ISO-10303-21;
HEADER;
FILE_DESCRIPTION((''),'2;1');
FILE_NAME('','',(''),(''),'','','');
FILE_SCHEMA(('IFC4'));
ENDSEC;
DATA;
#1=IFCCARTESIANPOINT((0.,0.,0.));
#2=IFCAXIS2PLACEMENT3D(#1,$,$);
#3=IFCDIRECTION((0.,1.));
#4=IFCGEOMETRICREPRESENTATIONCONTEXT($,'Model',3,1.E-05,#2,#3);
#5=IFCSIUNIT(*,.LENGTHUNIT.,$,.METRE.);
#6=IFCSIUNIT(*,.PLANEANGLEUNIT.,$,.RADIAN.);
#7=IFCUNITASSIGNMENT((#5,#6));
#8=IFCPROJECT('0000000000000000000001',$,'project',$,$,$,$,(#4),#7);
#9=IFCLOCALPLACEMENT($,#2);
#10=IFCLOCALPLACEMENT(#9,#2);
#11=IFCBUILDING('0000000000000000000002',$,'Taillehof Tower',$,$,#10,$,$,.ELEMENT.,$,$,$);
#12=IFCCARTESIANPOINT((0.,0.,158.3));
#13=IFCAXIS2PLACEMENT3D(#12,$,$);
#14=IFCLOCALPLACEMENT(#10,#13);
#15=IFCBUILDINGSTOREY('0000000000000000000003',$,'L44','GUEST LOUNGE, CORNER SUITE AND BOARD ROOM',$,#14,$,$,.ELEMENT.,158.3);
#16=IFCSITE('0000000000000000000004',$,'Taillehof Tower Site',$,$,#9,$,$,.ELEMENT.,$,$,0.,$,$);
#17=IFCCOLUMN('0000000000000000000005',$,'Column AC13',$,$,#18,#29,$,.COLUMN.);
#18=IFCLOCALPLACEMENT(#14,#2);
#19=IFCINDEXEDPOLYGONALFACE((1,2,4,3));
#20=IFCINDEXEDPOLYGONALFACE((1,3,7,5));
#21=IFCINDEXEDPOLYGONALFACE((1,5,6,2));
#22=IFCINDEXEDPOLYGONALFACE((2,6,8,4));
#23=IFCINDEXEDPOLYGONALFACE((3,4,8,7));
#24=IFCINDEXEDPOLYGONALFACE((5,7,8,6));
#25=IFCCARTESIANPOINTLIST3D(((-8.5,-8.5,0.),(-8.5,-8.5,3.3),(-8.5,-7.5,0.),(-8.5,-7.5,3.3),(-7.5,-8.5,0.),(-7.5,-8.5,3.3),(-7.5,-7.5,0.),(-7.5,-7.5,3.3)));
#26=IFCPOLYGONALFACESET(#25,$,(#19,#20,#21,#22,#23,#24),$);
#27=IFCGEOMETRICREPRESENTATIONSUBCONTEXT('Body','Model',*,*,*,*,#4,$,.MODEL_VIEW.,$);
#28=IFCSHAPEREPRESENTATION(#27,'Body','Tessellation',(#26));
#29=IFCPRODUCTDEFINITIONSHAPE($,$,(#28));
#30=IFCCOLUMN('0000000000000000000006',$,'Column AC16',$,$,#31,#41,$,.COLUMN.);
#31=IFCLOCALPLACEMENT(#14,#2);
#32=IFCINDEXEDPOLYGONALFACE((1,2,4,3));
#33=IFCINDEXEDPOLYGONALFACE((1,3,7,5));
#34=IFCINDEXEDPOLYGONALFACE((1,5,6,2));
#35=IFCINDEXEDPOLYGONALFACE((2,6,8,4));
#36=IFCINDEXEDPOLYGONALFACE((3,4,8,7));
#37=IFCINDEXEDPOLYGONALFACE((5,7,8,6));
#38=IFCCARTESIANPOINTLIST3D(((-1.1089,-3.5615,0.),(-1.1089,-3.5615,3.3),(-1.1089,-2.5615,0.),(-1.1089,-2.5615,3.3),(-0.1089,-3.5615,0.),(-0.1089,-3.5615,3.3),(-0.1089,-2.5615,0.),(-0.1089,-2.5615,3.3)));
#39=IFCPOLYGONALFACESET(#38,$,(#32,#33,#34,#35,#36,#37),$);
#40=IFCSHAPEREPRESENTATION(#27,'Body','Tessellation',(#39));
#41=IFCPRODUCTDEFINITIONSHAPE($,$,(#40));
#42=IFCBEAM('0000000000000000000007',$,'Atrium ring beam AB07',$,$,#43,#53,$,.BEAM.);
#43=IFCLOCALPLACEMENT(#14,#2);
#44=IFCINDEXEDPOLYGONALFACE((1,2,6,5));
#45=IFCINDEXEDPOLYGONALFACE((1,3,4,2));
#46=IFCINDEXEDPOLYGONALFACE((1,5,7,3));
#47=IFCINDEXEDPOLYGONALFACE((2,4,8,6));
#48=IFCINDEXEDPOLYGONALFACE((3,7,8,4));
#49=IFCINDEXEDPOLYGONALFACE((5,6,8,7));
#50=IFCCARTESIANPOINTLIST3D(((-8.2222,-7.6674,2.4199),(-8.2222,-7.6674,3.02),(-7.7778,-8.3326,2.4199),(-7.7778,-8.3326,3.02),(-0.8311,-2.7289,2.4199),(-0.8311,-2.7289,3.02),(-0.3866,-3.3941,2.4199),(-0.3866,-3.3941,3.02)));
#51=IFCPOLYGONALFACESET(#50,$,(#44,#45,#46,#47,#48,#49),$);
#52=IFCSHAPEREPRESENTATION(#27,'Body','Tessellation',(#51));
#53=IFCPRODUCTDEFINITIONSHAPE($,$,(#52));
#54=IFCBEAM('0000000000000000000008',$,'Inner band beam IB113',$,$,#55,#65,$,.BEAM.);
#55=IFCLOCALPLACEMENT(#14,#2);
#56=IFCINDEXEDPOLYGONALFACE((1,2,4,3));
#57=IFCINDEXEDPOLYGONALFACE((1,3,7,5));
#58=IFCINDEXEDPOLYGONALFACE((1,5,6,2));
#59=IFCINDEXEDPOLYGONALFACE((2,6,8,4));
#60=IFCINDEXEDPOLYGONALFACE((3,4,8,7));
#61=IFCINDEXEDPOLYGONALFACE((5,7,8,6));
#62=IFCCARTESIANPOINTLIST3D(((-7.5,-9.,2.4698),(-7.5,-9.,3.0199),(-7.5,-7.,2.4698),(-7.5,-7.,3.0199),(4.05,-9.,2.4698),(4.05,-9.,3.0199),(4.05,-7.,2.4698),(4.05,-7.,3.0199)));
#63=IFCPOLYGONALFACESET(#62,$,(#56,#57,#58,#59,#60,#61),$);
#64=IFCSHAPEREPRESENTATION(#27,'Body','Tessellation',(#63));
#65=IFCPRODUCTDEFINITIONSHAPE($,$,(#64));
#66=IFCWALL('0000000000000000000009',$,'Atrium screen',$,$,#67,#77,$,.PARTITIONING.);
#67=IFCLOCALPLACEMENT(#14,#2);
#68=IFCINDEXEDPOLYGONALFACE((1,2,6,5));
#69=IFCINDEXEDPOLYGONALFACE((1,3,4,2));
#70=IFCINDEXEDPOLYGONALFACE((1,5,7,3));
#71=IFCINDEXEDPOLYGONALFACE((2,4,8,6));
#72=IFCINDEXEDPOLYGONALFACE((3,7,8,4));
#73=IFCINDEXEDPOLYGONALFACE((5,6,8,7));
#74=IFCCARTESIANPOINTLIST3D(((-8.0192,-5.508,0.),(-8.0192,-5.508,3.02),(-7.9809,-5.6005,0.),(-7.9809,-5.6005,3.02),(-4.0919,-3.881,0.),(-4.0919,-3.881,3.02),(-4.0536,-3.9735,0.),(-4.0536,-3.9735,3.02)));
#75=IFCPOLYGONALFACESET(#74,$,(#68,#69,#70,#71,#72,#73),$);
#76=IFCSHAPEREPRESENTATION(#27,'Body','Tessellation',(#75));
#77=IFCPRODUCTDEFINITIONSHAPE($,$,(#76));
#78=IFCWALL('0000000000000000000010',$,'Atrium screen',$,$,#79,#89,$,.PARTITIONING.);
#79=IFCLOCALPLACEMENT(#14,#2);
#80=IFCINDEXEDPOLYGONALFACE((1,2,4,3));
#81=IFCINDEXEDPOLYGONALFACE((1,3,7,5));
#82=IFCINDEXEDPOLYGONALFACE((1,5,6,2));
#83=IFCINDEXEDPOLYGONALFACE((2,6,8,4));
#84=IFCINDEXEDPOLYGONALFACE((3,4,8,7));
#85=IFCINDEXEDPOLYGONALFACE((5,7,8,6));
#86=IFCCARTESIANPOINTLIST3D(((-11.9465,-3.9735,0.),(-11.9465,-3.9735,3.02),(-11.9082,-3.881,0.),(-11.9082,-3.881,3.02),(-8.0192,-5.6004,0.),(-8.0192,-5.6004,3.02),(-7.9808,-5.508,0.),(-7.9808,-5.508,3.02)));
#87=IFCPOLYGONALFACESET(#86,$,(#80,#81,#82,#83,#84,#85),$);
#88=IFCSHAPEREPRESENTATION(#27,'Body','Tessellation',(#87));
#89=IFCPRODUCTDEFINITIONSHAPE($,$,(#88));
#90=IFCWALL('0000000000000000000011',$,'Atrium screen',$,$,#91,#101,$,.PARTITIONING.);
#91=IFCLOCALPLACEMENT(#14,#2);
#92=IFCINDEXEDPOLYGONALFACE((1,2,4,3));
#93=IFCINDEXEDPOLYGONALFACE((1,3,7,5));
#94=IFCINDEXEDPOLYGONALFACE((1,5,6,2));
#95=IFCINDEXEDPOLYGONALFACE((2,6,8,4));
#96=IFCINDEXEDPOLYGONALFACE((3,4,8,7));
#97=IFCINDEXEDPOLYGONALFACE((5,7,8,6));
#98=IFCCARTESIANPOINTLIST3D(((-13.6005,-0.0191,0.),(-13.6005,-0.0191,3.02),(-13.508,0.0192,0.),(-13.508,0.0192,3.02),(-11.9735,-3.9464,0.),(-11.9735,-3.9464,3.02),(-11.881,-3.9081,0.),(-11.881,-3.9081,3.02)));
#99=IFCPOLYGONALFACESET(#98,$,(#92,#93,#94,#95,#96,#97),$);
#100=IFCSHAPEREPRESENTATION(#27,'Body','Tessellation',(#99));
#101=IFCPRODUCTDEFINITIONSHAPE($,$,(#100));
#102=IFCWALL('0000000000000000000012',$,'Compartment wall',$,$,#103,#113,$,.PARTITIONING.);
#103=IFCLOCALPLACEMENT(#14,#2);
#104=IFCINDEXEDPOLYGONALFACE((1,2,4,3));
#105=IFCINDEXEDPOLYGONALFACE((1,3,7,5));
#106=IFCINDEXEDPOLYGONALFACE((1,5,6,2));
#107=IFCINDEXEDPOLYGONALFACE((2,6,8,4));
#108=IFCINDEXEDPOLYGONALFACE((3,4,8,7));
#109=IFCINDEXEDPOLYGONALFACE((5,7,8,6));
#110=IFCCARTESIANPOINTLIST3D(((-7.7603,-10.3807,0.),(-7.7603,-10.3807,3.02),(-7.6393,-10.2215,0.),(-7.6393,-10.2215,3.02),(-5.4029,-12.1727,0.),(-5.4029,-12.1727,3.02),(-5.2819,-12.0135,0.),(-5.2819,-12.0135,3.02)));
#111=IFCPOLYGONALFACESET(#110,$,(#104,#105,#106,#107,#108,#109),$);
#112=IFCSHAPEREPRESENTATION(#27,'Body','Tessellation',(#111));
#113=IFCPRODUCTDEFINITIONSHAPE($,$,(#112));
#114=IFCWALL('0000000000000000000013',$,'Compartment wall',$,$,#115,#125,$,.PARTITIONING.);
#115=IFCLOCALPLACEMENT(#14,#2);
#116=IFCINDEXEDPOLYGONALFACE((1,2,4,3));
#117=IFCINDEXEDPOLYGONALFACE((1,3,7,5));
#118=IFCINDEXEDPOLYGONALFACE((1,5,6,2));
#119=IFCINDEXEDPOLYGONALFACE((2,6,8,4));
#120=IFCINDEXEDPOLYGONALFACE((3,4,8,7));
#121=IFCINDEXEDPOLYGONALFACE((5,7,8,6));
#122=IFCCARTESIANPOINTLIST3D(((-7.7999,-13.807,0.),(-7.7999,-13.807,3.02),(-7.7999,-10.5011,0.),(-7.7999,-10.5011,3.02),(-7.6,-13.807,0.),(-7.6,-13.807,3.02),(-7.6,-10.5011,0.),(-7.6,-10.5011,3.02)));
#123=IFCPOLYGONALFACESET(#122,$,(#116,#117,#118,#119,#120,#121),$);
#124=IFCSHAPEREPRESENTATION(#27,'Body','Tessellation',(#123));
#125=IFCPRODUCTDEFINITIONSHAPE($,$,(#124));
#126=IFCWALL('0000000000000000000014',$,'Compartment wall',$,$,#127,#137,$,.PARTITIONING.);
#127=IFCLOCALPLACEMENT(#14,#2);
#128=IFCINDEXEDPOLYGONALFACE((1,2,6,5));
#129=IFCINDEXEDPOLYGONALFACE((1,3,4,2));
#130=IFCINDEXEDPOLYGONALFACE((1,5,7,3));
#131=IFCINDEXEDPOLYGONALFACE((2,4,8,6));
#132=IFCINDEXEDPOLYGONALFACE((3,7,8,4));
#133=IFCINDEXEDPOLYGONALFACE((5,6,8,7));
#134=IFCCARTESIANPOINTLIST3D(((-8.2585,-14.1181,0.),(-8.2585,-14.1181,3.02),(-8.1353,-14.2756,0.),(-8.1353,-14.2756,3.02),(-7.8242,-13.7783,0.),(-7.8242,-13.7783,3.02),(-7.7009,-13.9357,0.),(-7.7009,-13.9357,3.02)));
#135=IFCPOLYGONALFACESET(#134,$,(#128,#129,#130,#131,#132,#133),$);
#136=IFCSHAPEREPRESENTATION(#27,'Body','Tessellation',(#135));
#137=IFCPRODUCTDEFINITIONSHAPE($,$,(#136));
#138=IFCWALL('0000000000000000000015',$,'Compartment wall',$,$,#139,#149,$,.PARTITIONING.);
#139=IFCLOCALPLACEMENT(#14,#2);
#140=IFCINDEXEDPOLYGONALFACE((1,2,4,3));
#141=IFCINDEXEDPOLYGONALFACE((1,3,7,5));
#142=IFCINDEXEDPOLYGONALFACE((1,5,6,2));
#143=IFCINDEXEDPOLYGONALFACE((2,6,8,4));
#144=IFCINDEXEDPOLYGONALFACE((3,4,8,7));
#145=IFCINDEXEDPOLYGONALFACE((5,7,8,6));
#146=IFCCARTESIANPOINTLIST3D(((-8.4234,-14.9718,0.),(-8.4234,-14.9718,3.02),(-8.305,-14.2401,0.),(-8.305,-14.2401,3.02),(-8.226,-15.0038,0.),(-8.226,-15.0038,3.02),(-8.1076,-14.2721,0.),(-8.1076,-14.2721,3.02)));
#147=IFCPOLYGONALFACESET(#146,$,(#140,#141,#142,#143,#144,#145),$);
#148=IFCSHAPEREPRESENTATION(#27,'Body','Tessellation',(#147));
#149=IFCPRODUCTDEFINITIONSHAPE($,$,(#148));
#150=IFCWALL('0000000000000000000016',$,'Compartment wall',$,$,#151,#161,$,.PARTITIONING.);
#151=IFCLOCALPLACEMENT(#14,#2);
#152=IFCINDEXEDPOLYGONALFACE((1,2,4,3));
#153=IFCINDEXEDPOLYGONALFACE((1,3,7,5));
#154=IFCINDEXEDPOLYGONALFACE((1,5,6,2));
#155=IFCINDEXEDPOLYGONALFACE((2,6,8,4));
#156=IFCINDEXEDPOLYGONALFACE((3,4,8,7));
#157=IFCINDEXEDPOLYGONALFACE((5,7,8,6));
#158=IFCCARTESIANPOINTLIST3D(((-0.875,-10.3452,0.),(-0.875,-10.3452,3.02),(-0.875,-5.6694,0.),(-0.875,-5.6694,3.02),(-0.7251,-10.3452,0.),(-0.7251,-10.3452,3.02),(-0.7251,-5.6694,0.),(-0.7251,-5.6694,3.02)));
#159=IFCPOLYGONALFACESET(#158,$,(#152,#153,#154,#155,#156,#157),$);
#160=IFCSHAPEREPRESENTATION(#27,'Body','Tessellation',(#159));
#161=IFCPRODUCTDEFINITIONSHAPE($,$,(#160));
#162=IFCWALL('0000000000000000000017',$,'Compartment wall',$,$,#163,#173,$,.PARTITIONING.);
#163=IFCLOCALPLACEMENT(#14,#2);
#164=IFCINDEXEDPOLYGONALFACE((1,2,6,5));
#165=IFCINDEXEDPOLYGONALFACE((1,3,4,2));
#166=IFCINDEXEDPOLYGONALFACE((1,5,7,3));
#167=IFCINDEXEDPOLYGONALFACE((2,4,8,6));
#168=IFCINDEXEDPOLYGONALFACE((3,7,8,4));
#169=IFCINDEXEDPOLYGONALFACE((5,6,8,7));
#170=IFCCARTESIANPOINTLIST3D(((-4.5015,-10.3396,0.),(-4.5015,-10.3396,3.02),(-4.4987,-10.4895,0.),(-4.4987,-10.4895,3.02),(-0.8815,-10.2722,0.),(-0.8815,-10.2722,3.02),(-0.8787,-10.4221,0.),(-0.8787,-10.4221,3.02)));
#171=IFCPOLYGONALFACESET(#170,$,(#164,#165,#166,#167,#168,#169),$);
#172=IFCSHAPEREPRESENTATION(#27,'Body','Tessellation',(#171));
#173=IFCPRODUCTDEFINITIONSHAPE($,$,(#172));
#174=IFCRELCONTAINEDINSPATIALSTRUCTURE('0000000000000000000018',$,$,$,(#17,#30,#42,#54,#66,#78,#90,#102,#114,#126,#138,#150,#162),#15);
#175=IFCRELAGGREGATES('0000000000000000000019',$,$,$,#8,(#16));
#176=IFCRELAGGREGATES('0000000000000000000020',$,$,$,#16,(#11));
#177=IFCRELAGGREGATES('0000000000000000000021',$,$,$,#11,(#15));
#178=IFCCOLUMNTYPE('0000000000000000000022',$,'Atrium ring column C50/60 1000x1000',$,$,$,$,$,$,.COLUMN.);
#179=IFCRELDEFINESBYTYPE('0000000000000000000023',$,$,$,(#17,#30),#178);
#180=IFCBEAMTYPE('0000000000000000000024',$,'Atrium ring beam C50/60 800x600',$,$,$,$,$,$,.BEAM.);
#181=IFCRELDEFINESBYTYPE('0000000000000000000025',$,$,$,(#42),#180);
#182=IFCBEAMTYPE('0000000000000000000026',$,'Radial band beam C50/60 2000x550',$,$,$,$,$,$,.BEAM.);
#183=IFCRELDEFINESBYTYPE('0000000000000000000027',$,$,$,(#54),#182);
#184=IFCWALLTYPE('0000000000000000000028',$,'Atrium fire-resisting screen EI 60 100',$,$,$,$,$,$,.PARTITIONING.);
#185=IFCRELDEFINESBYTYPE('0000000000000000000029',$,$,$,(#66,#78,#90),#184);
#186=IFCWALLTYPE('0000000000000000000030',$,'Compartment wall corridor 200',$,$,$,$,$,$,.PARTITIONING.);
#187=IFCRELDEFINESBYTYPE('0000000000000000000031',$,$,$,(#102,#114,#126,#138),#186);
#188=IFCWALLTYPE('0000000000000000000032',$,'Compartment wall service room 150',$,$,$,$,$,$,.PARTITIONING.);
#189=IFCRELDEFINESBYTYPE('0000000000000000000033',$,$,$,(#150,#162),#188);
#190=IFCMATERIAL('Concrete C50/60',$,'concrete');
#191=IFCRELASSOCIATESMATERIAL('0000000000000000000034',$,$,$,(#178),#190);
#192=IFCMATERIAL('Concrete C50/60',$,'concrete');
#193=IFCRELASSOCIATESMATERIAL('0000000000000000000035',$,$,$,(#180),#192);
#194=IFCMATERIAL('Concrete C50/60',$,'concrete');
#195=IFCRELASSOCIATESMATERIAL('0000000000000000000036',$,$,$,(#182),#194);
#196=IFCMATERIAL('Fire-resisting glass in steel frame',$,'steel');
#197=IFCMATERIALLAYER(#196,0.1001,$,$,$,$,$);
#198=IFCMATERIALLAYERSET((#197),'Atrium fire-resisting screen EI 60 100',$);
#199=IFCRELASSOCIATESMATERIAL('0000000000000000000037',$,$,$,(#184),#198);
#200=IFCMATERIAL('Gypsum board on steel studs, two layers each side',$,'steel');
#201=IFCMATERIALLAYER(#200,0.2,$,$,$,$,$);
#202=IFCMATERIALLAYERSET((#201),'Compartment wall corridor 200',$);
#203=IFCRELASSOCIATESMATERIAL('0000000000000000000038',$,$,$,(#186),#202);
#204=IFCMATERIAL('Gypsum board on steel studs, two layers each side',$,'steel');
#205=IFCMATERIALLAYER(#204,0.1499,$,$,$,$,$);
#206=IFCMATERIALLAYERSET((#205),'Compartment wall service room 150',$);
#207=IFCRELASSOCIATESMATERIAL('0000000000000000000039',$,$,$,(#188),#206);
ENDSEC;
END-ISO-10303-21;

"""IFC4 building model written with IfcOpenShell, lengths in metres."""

from ifc_helpers import new_model, si_unit, direction, frame, frame_2d, origin, origin_2d, place, context, subcontext, project, spatial, rectangle, extrude, material, layer, layer_set, material_profile, profile_set, type_object, element, save


model = new_model("IFC4")

# Units and contexts
model_context = context("Model", 3, precision=1e-05, world=origin(), true_north=direction((0.0, 1.0)))
body_context = subcontext(model_context, "Body", "Model", "MODEL_VIEW")
ifc_project = project(units=[si_unit("LENGTHUNIT", "METRE"), si_unit("PLANEANGLEUNIT", "RADIAN")], contexts=[model_context])

# Site, building, storey
site_placement = place(None, origin())
site = spatial("IfcSite", under=ifc_project, at=site_placement, Name="Taillehof Tower Site", CompositionType="ELEMENT", RefElevation=0.0)
building_placement = place(site_placement, origin())
building = spatial("IfcBuilding", under=site, at=building_placement, Name="Taillehof Tower", CompositionType="ELEMENT")
storey_placement = place(building_placement, frame((0.0, 0.0, 158.3)))
storey = spatial("IfcBuildingStorey", under=building, at=storey_placement, Name="L44", Description="GUEST LOUNGE, CORNER SUITE AND BOARD ROOM", CompositionType="ELEMENT", Elevation=158.3)

# Columns
ifc_material_1 = material(Name="Concrete C50/60", Category="concrete")
ifc_material_profile_1 = material_profile(ifc_material_1, rectangle(XDim=1.0, YDim=1.0, at=origin_2d()), Name="RC 1000x1000")
ifc_profile_set_1 = profile_set([ifc_material_profile_1], Name="Concrete C50/60")
column_type = type_object("IfcColumnType", Name="Atrium ring column C50/60 1000x1000", PredefinedType="COLUMN", material=ifc_profile_set_1)
for number, where, z_axis, x_axis, name in (
    (1, (-8.0, -8.0, 0.0), (0.0, 0.0, 1.0), (1.0, 0.0, 0.0), "Column AC13"),
    (2, (-0.6089, -3.0615, 0.0), (0.0, 0.0, 1.0), (1.0, 0.0, 0.0), "Column AC16"),
):
    element("IfcColumn", number, at=place(storey_placement, frame(where, z_axis=z_axis, x_axis=x_axis)), inside=storey, type_object=column_type, Name=name, PredefinedType="COLUMN", context=body_context, shape_type="SweptSolid", body=[
        extrude(rectangle(XDim=1.0, YDim=1.0, at=origin_2d()), origin(), (0.0, 0.0, 1.0), 3.3),
    ])

# Beams
ifc_material_2 = material(Name="Concrete C50/60", Category="concrete")
ifc_material_profile_2 = material_profile(ifc_material_2, rectangle(XDim=0.8, YDim=0.6001, at=origin_2d()), Name="RC 800x600")
ifc_profile_set_2 = profile_set([ifc_material_profile_2], Name="Concrete C50/60")
beam_type_1 = type_object("IfcBeamType", Name="Atrium ring beam C50/60 800x600", PredefinedType="BEAM", material=ifc_profile_set_2)
beam_1_placement = place(storey_placement, frame((-8.0, -8.0, 2.72), z_axis=(0.831475, 0.555562, 0.0), x_axis=(-0.555562, 0.831475, 0.0)))
element("IfcBeam", 3, at=beam_1_placement, inside=storey, type_object=beam_type_1, Name="Atrium ring beam AB07", PredefinedType="BEAM", context=body_context, shape_type="SweptSolid", body=[
    extrude(rectangle(XDim=0.8, YDim=0.6001, at=origin_2d()), origin(), (0.0, 0.0, 1.0), 8.8892),
])
ifc_material_3 = material(Name="Concrete C50/60", Category="concrete")
ifc_material_profile_3 = material_profile(ifc_material_3, rectangle(XDim=2.0, YDim=0.55, at=origin_2d()), Name="RC 2000x550")
ifc_profile_set_3 = profile_set([ifc_material_profile_3], Name="Concrete C50/60")
beam_type_2 = type_object("IfcBeamType", Name="Radial band beam C50/60 2000x550", PredefinedType="BEAM", material=ifc_profile_set_3)
beam_2_placement = place(storey_placement, frame((-7.5, -8.0, 2.7449), z_axis=(1.0, 0.0, 0.0), x_axis=(0.0, 1.0, 0.0)))
element("IfcBeam", 4, at=beam_2_placement, inside=storey, type_object=beam_type_2, Name="Inner band beam IB113", PredefinedType="BEAM", context=body_context, shape_type="SweptSolid", body=[
    extrude(rectangle(XDim=2.0, YDim=0.55, at=origin_2d()), origin(), (0.0, 0.0, 1.0), 11.55),
])

# Walls
ifc_material_4 = material(Name="Fire-resisting glass in steel frame", Category="steel")
ifc_layer_1 = layer(ifc_material_4, 0.1001)
ifc_layer_set_1 = layer_set([ifc_layer_1], Name="Atrium fire-resisting screen EI 60 100")
wall_type_1 = type_object("IfcWallType", Name="Atrium fire-resisting screen EI 60 100", PredefinedType="PARTITIONING", material=ifc_layer_set_1)
for number, where, z_axis, x_axis, name in (
    (5, (-4.0728, -3.9272, 0.0), (0.0, 0.0, 1.0), (-0.92386, -0.382731, 0.0), "Atrium screen"),
    (6, (-8.0, -5.5542, 0.0), (0.0, 0.0, 1.0), (-0.92386, 0.382731, 0.0), "Atrium screen"),
    (7, (-11.9272, -3.9272, 0.0), (0.0, 0.0, 1.0), (-0.382731, 0.92386, 0.0), "Atrium screen"),
):
    element("IfcWall", number, at=place(storey_placement, frame(where, z_axis=z_axis, x_axis=x_axis)), inside=storey, type_object=wall_type_1, Name=name, PredefinedType="PARTITIONING", context=body_context, shape_type="SweptSolid", body=[
        extrude(rectangle(XDim=4.251, YDim=0.1001, at=frame_2d((2.1255, 0.0))), origin(), (0.0, 0.0, 1.0), 3.02),
    ])
ifc_material_5 = material(Name="Gypsum board on steel studs, two layers each side", Category="steel")
ifc_layer_2 = layer(ifc_material_5, 0.2)
ifc_layer_set_2 = layer_set([ifc_layer_2], Name="Compartment wall corridor 200")
wall_type_2 = type_object("IfcWallType", Name="Compartment wall corridor 200", PredefinedType="PARTITIONING", material=ifc_layer_set_2)
wall_1_placement = place(storey_placement, frame((-5.3425, -12.093, 0.0), z_axis=(0.0, 0.0, 1.0), x_axis=(-0.796105, 0.605159, 0.0)))
element("IfcWall", 8, at=wall_1_placement, inside=storey, type_object=wall_type_2, Name="Compartment wall", PredefinedType="PARTITIONING", context=body_context, shape_type="SweptSolid", body=[
    extrude(rectangle(XDim=2.9612, YDim=0.2, at=frame_2d((1.4805, 0.0))), origin(), (0.0, 0.0, 1.0), 3.02),
])
wall_2_placement = place(storey_placement, frame((-7.7, -10.5012, 0.0), z_axis=(0.0, 0.0, 1.0), x_axis=(0.0, -1.0, 0.0)))
element("IfcWall", 9, at=wall_2_placement, inside=storey, type_object=wall_type_2, Name="Compartment wall", PredefinedType="PARTITIONING", context=body_context, shape_type="SweptSolid", body=[
    extrude(rectangle(XDim=3.3059, YDim=0.2, at=frame_2d((1.6528, 0.0))), origin(), (0.0, 0.0, 1.0), 3.02),
])
wall_3_placement = place(storey_placement, frame((-7.7625, -13.8569, 0.0), z_axis=(0.0, 0.0, 1.0), x_axis=(-0.787561, -0.616237, 0.0)))
element("IfcWall", 10, at=wall_3_placement, inside=storey, type_object=wall_type_2, Name="Compartment wall", PredefinedType="PARTITIONING", context=body_context, shape_type="SweptSolid", body=[
    extrude(rectangle(XDim=0.5515, YDim=0.2, at=frame_2d((0.2759, 0.0))), origin(), (0.0, 0.0, 1.0), 3.02),
])
wall_4_placement = place(storey_placement, frame((-8.2063, -14.2561, 0.0), z_axis=(0.0, 0.0, 1.0), x_axis=(-0.15975, -0.987157, 0.0)))
element("IfcWall", 11, at=wall_4_placement, inside=storey, type_object=wall_type_2, Name="Compartment wall", PredefinedType="PARTITIONING", context=body_context, shape_type="SweptSolid", body=[
    extrude(rectangle(XDim=0.7412, YDim=0.2, at=frame_2d((0.3706, 0.0))), origin(), (0.0, 0.0, 1.0), 3.02),
])
ifc_material_6 = material(Name="Gypsum board on steel studs, two layers each side", Category="steel")
ifc_layer_3 = layer(ifc_material_6, 0.1499)
ifc_layer_set_3 = layer_set([ifc_layer_3], Name="Compartment wall service room 150")
wall_type_3 = type_object("IfcWallType", Name="Compartment wall service room 150", PredefinedType="PARTITIONING", material=ifc_layer_set_3)
wall_5_placement = place(storey_placement, frame((-0.8, -5.6694, 0.0), z_axis=(0.0, 0.0, 1.0), x_axis=(0.0, -1.0, 0.0)))
element("IfcWall", 12, at=wall_5_placement, inside=storey, type_object=wall_type_3, Name="Compartment wall", PredefinedType="PARTITIONING", context=body_context, shape_type="SweptSolid", body=[
    extrude(rectangle(XDim=4.6758, YDim=0.1499, at=frame_2d((2.3379, 0.0))), origin(), (0.0, 0.0, 1.0), 3.02),
])
wall_6_placement = place(storey_placement, frame((-0.8801, -10.3472, 0.0), z_axis=(0.0, 0.0, 1.0), x_axis=(-0.999827, -0.018611, 0.0)))
element("IfcWall", 13, at=wall_6_placement, inside=storey, type_object=wall_type_3, Name="Compartment wall", PredefinedType="PARTITIONING", context=body_context, shape_type="SweptSolid", body=[
    extrude(rectangle(XDim=3.6206, YDim=0.1499, at=frame_2d((1.8103, 0.0))), origin(), (0.0, 0.0, 1.0), 3.02),
])

save(model, "model.ifc")
